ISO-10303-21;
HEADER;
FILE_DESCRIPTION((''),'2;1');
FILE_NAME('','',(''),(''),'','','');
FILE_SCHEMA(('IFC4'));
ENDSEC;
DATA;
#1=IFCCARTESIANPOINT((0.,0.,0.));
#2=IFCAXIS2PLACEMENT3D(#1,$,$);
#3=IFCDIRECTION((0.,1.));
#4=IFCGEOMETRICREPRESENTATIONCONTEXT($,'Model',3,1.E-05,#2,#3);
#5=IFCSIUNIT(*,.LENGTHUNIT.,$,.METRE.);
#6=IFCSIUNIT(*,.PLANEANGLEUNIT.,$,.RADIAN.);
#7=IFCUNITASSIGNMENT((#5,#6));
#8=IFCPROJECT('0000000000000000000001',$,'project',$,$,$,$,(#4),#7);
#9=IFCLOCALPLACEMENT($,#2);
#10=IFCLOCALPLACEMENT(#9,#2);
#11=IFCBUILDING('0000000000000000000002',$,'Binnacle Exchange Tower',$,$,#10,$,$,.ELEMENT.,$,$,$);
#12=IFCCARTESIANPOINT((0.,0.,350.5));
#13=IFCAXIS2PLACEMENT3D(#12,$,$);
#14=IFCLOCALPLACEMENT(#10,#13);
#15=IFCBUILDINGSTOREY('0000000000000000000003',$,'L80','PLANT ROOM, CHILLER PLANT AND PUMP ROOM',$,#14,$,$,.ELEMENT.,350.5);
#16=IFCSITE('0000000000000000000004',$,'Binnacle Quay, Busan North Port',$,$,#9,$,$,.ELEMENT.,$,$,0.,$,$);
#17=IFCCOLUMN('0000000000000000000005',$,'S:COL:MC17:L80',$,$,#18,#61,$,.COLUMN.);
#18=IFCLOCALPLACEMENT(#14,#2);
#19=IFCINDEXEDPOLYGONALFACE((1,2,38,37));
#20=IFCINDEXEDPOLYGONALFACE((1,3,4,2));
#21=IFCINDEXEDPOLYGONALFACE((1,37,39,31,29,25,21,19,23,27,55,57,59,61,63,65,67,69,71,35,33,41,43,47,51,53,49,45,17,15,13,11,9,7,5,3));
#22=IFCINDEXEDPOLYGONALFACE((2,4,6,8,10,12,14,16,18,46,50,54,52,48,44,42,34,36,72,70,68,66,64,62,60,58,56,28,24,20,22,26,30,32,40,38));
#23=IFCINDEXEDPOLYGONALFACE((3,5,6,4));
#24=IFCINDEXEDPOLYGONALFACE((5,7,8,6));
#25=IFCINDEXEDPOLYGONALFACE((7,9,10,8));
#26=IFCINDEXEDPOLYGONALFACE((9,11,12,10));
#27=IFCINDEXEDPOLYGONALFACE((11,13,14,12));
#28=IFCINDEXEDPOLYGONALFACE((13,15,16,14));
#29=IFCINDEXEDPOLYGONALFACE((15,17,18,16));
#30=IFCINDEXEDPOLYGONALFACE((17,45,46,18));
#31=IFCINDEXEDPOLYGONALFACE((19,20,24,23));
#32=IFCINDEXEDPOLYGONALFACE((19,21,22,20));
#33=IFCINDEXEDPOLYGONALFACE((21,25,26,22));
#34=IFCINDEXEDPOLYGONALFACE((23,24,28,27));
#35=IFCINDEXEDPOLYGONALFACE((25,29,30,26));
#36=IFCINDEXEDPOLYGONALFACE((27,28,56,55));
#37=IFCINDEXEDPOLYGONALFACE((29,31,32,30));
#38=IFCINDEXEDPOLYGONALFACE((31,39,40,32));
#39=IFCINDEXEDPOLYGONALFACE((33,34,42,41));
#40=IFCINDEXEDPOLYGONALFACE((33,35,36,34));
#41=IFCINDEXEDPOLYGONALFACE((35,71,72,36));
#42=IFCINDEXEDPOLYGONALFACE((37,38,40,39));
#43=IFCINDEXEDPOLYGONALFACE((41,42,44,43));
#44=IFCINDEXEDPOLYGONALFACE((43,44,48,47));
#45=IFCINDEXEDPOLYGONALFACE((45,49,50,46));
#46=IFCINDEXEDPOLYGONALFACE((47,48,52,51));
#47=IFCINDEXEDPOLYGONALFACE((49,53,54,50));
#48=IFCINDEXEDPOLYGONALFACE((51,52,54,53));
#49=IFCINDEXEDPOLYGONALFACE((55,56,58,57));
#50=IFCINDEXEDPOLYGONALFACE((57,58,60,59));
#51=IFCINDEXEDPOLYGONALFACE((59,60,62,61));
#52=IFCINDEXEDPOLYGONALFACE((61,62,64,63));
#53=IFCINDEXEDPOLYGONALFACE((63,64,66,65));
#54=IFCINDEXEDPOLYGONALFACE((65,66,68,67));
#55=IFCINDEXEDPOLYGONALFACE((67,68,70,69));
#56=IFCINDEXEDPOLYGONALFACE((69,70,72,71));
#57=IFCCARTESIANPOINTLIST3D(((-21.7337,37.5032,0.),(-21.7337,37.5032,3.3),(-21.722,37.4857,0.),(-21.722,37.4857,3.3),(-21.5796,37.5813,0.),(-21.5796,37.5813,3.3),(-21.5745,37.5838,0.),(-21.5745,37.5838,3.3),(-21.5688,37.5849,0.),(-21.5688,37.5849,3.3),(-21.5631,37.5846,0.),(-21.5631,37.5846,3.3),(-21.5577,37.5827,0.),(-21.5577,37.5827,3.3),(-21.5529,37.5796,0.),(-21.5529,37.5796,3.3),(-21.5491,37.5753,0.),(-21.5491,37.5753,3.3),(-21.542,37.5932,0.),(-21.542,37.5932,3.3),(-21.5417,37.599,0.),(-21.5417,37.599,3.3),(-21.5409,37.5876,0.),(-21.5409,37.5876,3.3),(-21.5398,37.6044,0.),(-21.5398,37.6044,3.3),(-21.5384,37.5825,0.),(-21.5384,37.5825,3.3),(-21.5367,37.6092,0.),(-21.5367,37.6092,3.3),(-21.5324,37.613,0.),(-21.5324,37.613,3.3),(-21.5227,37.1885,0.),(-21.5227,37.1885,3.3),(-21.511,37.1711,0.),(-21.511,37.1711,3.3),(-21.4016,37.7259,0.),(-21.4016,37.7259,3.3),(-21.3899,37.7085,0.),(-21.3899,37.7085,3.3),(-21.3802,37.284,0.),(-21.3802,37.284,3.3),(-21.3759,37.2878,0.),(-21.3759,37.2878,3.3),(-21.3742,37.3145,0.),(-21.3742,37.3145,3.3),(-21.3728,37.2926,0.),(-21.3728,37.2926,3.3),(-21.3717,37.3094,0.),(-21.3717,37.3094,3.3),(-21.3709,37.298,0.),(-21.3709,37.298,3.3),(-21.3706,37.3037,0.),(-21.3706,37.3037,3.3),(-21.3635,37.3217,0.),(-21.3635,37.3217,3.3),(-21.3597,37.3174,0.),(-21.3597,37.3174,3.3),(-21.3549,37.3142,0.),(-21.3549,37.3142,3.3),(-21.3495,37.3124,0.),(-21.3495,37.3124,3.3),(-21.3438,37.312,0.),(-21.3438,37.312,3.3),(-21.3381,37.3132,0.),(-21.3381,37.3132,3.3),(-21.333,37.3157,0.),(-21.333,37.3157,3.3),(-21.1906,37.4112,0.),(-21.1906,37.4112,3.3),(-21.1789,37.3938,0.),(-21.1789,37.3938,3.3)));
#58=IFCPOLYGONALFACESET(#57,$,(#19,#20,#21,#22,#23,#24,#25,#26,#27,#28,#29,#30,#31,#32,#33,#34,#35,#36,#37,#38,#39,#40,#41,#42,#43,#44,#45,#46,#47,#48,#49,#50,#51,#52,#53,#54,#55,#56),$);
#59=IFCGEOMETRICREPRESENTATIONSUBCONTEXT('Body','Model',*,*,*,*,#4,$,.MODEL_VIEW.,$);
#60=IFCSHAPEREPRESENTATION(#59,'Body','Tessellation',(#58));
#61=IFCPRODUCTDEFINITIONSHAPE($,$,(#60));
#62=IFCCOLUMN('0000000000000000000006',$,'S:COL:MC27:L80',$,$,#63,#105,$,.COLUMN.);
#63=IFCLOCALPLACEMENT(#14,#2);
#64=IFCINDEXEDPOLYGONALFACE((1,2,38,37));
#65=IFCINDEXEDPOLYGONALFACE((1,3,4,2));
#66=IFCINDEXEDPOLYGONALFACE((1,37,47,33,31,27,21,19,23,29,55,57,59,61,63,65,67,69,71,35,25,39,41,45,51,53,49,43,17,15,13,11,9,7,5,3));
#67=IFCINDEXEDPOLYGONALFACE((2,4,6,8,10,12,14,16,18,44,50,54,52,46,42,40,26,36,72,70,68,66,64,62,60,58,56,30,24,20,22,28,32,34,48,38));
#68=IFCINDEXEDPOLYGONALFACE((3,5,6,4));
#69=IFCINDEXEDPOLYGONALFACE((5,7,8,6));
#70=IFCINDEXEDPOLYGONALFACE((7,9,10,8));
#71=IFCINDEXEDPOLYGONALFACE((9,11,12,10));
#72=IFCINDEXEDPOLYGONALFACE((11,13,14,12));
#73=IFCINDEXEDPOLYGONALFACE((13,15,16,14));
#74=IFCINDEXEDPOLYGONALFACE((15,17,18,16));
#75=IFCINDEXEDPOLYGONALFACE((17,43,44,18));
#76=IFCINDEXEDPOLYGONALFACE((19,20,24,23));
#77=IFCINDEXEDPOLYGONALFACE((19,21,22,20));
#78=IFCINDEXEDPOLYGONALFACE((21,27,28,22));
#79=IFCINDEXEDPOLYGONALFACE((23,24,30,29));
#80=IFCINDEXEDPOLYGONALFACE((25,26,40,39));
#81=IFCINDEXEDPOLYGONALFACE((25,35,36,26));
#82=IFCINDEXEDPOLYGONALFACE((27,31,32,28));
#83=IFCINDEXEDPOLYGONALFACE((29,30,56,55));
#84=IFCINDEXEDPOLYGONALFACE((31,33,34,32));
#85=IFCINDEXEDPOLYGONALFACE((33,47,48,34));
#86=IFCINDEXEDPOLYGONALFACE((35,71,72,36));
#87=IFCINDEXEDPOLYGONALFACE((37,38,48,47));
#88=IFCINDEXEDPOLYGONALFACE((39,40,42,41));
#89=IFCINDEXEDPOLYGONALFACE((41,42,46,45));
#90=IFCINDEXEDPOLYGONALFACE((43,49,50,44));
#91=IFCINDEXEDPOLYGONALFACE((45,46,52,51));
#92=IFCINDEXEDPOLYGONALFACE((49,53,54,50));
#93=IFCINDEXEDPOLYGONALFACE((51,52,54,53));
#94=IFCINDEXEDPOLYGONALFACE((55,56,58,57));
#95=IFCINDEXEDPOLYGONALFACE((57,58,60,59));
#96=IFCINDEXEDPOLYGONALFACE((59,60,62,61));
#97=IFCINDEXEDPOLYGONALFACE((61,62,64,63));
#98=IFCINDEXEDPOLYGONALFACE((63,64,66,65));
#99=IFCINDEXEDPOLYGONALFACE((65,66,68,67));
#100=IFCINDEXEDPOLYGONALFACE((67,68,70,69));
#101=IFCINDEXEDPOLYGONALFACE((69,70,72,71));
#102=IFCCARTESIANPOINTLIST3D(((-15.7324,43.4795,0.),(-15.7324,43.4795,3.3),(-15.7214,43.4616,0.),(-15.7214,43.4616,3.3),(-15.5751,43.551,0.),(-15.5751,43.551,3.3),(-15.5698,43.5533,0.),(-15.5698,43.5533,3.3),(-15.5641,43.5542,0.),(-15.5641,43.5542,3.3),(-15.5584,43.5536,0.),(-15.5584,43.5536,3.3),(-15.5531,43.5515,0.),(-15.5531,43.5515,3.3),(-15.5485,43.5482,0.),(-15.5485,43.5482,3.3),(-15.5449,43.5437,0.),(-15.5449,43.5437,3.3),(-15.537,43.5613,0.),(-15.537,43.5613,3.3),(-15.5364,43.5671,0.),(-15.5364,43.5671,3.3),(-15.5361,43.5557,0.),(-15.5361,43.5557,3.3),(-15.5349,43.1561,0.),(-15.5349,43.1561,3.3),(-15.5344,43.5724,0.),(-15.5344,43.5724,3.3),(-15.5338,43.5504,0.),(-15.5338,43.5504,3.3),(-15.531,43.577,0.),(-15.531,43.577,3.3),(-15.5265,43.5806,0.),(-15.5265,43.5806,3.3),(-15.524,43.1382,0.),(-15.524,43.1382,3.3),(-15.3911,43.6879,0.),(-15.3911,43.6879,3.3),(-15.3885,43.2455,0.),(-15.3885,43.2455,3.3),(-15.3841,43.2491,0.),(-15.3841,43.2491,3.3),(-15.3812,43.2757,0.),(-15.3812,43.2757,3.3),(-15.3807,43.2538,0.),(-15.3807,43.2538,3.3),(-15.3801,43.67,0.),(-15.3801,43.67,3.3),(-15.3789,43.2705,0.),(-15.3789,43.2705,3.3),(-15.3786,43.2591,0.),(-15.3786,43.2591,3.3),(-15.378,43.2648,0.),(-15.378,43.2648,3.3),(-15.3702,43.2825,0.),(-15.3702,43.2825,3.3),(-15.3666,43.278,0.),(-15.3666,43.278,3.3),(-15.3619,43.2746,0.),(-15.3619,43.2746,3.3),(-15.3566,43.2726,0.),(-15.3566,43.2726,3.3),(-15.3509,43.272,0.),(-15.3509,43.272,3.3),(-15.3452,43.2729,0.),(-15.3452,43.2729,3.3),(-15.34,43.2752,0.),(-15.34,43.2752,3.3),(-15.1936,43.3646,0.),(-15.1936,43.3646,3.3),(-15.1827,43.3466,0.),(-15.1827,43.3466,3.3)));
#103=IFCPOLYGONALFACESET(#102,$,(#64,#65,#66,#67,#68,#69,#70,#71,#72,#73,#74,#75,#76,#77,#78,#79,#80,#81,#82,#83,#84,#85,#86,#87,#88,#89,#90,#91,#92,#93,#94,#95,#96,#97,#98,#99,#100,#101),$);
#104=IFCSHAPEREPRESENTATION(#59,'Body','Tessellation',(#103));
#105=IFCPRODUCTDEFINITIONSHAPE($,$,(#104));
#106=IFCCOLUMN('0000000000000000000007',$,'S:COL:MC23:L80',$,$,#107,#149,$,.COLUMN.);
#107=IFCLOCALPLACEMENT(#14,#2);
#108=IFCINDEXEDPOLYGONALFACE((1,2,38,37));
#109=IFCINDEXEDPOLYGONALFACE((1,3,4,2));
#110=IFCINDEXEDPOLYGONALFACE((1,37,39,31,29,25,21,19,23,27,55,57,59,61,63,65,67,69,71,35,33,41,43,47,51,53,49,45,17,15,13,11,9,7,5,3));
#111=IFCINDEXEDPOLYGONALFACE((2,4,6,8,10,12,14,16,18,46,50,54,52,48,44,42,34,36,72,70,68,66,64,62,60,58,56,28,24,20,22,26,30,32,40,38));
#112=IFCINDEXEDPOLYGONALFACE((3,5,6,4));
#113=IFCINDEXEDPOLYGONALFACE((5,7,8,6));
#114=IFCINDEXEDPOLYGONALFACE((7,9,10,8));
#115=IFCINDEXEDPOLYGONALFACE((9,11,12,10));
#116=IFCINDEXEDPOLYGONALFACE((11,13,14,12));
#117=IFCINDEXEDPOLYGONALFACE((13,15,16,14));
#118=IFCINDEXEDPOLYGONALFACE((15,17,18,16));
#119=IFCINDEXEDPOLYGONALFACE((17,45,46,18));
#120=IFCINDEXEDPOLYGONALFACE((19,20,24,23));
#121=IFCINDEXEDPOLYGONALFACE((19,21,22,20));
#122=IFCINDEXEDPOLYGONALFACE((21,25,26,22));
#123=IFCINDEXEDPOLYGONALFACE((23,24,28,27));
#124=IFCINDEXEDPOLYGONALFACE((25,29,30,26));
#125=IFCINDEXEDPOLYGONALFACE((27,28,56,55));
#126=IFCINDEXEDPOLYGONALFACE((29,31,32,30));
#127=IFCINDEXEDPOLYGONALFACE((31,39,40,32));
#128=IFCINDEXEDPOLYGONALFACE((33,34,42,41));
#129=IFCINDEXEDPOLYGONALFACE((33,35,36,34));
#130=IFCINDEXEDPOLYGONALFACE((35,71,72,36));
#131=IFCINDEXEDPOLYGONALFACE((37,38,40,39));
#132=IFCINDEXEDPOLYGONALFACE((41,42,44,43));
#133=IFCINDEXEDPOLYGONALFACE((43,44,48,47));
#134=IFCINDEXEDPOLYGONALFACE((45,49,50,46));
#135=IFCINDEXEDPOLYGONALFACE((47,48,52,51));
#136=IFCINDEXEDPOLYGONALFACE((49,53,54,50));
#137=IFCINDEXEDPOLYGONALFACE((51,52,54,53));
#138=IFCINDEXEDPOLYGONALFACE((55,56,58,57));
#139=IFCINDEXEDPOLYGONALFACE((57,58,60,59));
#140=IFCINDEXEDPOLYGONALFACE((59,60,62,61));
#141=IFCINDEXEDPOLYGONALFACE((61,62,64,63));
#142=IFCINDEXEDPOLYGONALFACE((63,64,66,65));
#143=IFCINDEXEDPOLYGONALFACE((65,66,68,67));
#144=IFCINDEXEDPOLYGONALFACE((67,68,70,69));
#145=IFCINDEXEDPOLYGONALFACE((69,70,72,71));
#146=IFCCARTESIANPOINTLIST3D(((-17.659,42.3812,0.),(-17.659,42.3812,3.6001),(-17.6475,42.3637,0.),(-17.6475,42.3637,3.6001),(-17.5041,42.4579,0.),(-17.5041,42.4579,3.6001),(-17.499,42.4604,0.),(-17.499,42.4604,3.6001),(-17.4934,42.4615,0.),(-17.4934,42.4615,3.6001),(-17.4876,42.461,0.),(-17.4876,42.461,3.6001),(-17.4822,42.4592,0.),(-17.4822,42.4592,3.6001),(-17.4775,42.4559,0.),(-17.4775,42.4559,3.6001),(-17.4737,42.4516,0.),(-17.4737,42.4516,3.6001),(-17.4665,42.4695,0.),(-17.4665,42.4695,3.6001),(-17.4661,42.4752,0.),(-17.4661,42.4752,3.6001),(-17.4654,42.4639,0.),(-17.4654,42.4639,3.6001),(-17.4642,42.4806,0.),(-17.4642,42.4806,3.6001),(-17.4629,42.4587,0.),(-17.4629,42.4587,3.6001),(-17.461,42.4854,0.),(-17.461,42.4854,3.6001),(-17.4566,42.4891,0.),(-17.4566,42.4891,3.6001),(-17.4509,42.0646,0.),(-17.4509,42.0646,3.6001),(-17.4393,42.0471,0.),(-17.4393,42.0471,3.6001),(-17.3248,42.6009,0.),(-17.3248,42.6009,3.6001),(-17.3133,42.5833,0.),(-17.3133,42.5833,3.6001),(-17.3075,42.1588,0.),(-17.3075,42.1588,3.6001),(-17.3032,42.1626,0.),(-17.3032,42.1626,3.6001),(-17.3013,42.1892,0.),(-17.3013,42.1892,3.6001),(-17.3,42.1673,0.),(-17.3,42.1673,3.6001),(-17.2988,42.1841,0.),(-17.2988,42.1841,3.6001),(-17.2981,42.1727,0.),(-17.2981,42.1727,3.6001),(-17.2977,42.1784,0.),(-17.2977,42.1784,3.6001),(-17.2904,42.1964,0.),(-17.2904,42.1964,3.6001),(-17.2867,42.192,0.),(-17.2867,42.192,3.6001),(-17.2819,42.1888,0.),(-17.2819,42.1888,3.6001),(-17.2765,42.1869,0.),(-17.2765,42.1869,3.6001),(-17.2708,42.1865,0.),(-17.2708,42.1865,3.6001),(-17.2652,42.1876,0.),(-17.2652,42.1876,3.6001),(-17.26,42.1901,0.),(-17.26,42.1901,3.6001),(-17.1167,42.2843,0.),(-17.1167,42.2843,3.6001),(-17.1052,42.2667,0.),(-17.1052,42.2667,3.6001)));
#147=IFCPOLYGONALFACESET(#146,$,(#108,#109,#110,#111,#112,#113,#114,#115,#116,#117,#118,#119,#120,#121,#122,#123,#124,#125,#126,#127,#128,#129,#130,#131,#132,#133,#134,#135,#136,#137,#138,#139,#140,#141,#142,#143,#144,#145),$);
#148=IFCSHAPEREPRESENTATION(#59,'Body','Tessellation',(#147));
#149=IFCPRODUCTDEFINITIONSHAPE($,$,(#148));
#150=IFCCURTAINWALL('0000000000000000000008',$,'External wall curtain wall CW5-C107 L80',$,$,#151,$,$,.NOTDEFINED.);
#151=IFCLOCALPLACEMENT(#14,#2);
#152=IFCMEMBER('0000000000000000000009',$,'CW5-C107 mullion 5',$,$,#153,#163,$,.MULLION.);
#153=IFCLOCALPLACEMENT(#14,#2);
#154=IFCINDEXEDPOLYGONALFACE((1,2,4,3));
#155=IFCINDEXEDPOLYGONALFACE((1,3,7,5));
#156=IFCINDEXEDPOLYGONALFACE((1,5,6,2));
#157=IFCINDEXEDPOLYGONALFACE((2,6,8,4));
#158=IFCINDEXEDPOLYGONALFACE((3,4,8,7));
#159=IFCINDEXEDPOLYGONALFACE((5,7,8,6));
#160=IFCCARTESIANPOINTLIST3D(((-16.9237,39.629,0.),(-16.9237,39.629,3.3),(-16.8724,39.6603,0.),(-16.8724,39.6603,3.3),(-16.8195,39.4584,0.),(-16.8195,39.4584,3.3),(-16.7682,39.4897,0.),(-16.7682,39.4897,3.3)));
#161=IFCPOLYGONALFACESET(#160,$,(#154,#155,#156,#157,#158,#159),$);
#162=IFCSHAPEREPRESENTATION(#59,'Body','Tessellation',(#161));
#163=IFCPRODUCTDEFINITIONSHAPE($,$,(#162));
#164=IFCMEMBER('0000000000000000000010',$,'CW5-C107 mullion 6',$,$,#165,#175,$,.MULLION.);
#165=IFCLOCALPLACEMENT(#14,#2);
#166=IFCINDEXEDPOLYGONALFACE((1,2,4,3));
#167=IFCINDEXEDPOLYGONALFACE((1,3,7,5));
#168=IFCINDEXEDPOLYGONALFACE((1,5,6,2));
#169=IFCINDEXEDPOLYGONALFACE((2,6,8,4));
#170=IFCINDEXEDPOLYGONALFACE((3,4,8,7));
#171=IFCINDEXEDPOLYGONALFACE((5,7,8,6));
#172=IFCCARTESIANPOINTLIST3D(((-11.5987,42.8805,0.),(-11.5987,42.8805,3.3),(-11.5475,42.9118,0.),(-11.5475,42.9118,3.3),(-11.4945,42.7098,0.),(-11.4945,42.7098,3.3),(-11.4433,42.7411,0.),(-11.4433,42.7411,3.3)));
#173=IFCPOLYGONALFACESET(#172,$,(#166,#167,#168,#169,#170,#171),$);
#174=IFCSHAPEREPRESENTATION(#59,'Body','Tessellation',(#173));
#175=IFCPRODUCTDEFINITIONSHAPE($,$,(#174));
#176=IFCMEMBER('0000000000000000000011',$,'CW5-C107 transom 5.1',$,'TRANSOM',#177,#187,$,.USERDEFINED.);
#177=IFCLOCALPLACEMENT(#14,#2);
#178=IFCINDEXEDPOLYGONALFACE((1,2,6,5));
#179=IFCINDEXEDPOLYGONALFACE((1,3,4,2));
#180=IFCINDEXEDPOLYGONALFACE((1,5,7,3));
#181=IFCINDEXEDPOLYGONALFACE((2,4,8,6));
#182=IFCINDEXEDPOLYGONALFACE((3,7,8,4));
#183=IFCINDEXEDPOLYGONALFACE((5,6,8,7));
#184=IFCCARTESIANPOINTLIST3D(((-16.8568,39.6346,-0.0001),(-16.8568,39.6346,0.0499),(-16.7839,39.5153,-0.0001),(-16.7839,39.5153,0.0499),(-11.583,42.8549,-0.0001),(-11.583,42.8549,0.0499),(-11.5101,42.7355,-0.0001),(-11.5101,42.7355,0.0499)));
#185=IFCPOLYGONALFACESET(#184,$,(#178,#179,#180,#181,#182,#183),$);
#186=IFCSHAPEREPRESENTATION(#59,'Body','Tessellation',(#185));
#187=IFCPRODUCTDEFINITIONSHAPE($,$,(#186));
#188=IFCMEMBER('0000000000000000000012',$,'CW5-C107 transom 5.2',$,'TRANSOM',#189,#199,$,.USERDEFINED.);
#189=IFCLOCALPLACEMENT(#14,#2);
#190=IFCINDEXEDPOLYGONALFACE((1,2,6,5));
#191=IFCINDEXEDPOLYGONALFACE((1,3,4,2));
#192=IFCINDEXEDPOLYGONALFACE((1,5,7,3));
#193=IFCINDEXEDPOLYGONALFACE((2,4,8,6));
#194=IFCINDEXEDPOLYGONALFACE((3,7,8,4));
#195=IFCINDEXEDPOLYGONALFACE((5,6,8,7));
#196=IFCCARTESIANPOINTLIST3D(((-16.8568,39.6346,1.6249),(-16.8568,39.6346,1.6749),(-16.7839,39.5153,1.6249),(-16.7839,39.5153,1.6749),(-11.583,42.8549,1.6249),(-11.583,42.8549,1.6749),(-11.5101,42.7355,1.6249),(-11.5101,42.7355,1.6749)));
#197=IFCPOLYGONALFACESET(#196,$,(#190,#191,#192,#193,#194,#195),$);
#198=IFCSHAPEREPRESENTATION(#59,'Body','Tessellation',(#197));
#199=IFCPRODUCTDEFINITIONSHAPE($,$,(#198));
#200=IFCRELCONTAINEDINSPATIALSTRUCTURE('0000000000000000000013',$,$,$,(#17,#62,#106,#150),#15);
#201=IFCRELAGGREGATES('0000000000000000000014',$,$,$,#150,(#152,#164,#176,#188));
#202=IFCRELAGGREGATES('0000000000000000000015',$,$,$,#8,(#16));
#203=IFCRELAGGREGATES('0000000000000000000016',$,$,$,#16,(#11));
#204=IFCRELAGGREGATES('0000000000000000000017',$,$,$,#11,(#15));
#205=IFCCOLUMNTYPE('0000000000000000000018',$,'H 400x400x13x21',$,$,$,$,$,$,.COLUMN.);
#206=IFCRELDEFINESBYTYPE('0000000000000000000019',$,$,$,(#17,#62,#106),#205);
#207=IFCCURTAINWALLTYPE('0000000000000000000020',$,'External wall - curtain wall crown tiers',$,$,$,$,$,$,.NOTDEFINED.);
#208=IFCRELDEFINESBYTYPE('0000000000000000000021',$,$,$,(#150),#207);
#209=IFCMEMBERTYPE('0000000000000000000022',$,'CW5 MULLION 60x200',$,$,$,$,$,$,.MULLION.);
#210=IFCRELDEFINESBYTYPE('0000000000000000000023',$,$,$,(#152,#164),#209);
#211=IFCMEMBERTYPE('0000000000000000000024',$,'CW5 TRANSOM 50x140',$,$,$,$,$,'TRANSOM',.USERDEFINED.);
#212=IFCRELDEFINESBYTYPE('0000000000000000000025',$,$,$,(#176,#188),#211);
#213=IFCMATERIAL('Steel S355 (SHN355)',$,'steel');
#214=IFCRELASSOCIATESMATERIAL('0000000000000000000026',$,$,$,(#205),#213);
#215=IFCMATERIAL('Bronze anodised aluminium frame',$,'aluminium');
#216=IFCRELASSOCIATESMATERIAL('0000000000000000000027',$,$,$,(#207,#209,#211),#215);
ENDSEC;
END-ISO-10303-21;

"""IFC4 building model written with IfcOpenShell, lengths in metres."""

from ifc_helpers import new_model, si_unit, direction, frame, origin, origin_2d, place, context, subcontext, project, spatial, rectangle, i_section, extrude, material, material_profile, profile_set, type_object, element, aggregate, save


model = new_model("IFC4")

# Units and contexts
model_context = context("Model", 3, precision=1e-05, world=origin(), true_north=direction((0.0, 1.0)))
body_context = subcontext(model_context, "Body", "Model", "MODEL_VIEW")
ifc_project = project(units=[si_unit("LENGTHUNIT", "METRE"), si_unit("PLANEANGLEUNIT", "RADIAN")], contexts=[model_context])

# Site, building, storey
site_placement = place(None, origin())
site = spatial("IfcSite", under=ifc_project, at=site_placement, Name="Binnacle Quay, Busan North Port", CompositionType="ELEMENT", RefElevation=0.0)
building_placement = place(site_placement, origin())
building = spatial("IfcBuilding", under=site, at=building_placement, Name="Binnacle Exchange Tower", CompositionType="ELEMENT")
storey_placement = place(building_placement, frame((0.0, 0.0, 350.5)))
storey = spatial("IfcBuildingStorey", under=building, at=storey_placement, Name="L80", Description="PLANT ROOM, CHILLER PLANT AND PUMP ROOM", CompositionType="ELEMENT", Elevation=350.5)

# Columns
ifc_material_1 = material(Name="Steel S355 (SHN355)", Category="steel")
ifc_material_profile_1 = material_profile(ifc_material_1, i_section(OverallWidth=0.3999, OverallDepth=0.3999, WebThickness=0.0129, FlangeThickness=0.021, FilletRadius=0.022, at=origin_2d()), Name="H 400x400x13x21")
ifc_profile_set_1 = profile_set([ifc_material_profile_1], Name="Steel S355 (SHN355)")
column_type = type_object("IfcColumnType", Name="H 400x400x13x21", PredefinedType="COLUMN", material=ifc_profile_set_1)
for number, where, z_axis, x_axis, name in (
    (1, (-21.4563, 37.4485, 0.0), (0.0, 0.0, 1.0), (0.830499, 0.557021, 0.0), "S:COL:MC17:L80"),
    (2, (-15.4575, 43.4131, 0.0), (0.0, 0.0, 1.0), (0.85346, 0.521159, 0.0), "S:COL:MC27:L80"),
):
    element("IfcColumn", number, at=place(storey_placement, frame(where, z_axis=z_axis, x_axis=x_axis)), inside=storey, type_object=column_type, Name=name, PredefinedType="COLUMN", context=body_context, shape_type="SweptSolid", body=[
        extrude(i_section(OverallWidth=0.3999, OverallDepth=0.3999, WebThickness=0.0129, FlangeThickness=0.021, FilletRadius=0.022, at=origin_2d()), origin(), (0.0, 0.0, 1.0), 3.3),
    ])
column_placement = place(storey_placement, frame((-17.3821, 42.324, 0.0), z_axis=(0.0, 0.0, 1.0), x_axis=(0.835616, 0.549315, 0.0)))
element("IfcColumn", 3, at=column_placement, inside=storey, type_object=column_type, Name="S:COL:MC23:L80", PredefinedType="COLUMN", context=body_context, shape_type="SweptSolid", body=[
    extrude(i_section(OverallWidth=0.3999, OverallDepth=0.3999, WebThickness=0.0129, FlangeThickness=0.021, FilletRadius=0.022, at=origin_2d()), origin(), (0.0, 0.0, 1.0), 3.6001),
])

# Curtain wall, members
ifc_material_2 = material(Name="Bronze anodised aluminium frame", Category="aluminium")
curtain_wall_type = type_object("IfcCurtainWallType", Name="External wall - curtain wall crown tiers", PredefinedType="NOTDEFINED", material=ifc_material_2)
curtain_wall_placement = place(storey_placement, origin())
curtain_wall = element("IfcCurtainWall", 4, at=curtain_wall_placement, inside=storey, type_object=curtain_wall_type, Name="External wall curtain wall CW5-C107 L80", PredefinedType="NOTDEFINED")
ifc_material_profile_2 = material_profile(ifc_material_2, rectangle(XDim=0.2, YDim=0.0601, at=origin_2d()), Name="AL 60x200")
ifc_profile_set_2 = profile_set([ifc_material_profile_2], Name="Bronze anodised aluminium frame")
member_type_1 = type_object("IfcMemberType", Name="CW5 MULLION 60x200", PredefinedType="MULLION", material=ifc_profile_set_2)
member_1_placement = place(storey_placement, frame((-16.8459, 39.5593, 0.0), z_axis=(0.0, 0.0, 1.0), x_axis=(-0.521157, 0.853461, 0.0)))
member_1 = element("IfcMember", 5, at=member_1_placement, type_object=member_type_1, Name="CW5-C107 mullion 5", PredefinedType="MULLION", context=body_context, shape_type="SweptSolid", body=[
    extrude(rectangle(XDim=0.2, YDim=0.0601, at=origin_2d()), origin(), (0.0, 0.0, 1.0), 3.3),
])
member_2_placement = place(storey_placement, frame((-11.521, 42.8108, 0.0), z_axis=(0.0, 0.0, 1.0), x_axis=(-0.521157, 0.853461, 0.0)))
member_2 = element("IfcMember", 6, at=member_2_placement, type_object=member_type_1, Name="CW5-C107 mullion 6", PredefinedType="MULLION", context=body_context, shape_type="SweptSolid", body=[
    extrude(rectangle(XDim=0.2, YDim=0.0601, at=origin_2d()), origin(), (0.0, 0.0, 1.0), 3.3),
])
ifc_material_profile_3 = material_profile(ifc_material_2, rectangle(XDim=0.1399, YDim=0.05, at=origin_2d()), Name="AL 140x50")
ifc_profile_set_3 = profile_set([ifc_material_profile_3], Name="Bronze anodised aluminium frame")
member_type_2 = type_object("IfcMemberType", Name="CW5 TRANSOM 50x140", ElementType="TRANSOM", PredefinedType="USERDEFINED", material=ifc_profile_set_3)
member_3_placement = place(storey_placement, frame((-16.8203, 39.575, 0.0249), z_axis=(0.853468, 0.521145, 0.0), x_axis=(-0.521145, 0.853468, 0.0)))
member_3 = element("IfcMember", 7, at=member_3_placement, type_object=member_type_2, Name="CW5-C107 transom 5.1", ObjectType="TRANSOM", PredefinedType="USERDEFINED", context=body_context, shape_type="SweptSolid", body=[
    extrude(rectangle(XDim=0.1399, YDim=0.05, at=origin_2d()), origin(), (0.0, 0.0, 1.0), 6.1792),
])
member_4_placement = place(storey_placement, frame((-16.8203, 39.575, 1.6499), z_axis=(0.853468, 0.521145, 0.0), x_axis=(-0.521145, 0.853468, 0.0)))
member_4 = element("IfcMember", 8, at=member_4_placement, type_object=member_type_2, Name="CW5-C107 transom 5.2", ObjectType="TRANSOM", PredefinedType="USERDEFINED", context=body_context, shape_type="SweptSolid", body=[
    extrude(rectangle(XDim=0.1399, YDim=0.05, at=origin_2d()), origin(), (0.0, 0.0, 1.0), 6.1792),
])

aggregate(curtain_wall, [member_1, member_2, member_3, member_4])

save(model, "model.ifc")
